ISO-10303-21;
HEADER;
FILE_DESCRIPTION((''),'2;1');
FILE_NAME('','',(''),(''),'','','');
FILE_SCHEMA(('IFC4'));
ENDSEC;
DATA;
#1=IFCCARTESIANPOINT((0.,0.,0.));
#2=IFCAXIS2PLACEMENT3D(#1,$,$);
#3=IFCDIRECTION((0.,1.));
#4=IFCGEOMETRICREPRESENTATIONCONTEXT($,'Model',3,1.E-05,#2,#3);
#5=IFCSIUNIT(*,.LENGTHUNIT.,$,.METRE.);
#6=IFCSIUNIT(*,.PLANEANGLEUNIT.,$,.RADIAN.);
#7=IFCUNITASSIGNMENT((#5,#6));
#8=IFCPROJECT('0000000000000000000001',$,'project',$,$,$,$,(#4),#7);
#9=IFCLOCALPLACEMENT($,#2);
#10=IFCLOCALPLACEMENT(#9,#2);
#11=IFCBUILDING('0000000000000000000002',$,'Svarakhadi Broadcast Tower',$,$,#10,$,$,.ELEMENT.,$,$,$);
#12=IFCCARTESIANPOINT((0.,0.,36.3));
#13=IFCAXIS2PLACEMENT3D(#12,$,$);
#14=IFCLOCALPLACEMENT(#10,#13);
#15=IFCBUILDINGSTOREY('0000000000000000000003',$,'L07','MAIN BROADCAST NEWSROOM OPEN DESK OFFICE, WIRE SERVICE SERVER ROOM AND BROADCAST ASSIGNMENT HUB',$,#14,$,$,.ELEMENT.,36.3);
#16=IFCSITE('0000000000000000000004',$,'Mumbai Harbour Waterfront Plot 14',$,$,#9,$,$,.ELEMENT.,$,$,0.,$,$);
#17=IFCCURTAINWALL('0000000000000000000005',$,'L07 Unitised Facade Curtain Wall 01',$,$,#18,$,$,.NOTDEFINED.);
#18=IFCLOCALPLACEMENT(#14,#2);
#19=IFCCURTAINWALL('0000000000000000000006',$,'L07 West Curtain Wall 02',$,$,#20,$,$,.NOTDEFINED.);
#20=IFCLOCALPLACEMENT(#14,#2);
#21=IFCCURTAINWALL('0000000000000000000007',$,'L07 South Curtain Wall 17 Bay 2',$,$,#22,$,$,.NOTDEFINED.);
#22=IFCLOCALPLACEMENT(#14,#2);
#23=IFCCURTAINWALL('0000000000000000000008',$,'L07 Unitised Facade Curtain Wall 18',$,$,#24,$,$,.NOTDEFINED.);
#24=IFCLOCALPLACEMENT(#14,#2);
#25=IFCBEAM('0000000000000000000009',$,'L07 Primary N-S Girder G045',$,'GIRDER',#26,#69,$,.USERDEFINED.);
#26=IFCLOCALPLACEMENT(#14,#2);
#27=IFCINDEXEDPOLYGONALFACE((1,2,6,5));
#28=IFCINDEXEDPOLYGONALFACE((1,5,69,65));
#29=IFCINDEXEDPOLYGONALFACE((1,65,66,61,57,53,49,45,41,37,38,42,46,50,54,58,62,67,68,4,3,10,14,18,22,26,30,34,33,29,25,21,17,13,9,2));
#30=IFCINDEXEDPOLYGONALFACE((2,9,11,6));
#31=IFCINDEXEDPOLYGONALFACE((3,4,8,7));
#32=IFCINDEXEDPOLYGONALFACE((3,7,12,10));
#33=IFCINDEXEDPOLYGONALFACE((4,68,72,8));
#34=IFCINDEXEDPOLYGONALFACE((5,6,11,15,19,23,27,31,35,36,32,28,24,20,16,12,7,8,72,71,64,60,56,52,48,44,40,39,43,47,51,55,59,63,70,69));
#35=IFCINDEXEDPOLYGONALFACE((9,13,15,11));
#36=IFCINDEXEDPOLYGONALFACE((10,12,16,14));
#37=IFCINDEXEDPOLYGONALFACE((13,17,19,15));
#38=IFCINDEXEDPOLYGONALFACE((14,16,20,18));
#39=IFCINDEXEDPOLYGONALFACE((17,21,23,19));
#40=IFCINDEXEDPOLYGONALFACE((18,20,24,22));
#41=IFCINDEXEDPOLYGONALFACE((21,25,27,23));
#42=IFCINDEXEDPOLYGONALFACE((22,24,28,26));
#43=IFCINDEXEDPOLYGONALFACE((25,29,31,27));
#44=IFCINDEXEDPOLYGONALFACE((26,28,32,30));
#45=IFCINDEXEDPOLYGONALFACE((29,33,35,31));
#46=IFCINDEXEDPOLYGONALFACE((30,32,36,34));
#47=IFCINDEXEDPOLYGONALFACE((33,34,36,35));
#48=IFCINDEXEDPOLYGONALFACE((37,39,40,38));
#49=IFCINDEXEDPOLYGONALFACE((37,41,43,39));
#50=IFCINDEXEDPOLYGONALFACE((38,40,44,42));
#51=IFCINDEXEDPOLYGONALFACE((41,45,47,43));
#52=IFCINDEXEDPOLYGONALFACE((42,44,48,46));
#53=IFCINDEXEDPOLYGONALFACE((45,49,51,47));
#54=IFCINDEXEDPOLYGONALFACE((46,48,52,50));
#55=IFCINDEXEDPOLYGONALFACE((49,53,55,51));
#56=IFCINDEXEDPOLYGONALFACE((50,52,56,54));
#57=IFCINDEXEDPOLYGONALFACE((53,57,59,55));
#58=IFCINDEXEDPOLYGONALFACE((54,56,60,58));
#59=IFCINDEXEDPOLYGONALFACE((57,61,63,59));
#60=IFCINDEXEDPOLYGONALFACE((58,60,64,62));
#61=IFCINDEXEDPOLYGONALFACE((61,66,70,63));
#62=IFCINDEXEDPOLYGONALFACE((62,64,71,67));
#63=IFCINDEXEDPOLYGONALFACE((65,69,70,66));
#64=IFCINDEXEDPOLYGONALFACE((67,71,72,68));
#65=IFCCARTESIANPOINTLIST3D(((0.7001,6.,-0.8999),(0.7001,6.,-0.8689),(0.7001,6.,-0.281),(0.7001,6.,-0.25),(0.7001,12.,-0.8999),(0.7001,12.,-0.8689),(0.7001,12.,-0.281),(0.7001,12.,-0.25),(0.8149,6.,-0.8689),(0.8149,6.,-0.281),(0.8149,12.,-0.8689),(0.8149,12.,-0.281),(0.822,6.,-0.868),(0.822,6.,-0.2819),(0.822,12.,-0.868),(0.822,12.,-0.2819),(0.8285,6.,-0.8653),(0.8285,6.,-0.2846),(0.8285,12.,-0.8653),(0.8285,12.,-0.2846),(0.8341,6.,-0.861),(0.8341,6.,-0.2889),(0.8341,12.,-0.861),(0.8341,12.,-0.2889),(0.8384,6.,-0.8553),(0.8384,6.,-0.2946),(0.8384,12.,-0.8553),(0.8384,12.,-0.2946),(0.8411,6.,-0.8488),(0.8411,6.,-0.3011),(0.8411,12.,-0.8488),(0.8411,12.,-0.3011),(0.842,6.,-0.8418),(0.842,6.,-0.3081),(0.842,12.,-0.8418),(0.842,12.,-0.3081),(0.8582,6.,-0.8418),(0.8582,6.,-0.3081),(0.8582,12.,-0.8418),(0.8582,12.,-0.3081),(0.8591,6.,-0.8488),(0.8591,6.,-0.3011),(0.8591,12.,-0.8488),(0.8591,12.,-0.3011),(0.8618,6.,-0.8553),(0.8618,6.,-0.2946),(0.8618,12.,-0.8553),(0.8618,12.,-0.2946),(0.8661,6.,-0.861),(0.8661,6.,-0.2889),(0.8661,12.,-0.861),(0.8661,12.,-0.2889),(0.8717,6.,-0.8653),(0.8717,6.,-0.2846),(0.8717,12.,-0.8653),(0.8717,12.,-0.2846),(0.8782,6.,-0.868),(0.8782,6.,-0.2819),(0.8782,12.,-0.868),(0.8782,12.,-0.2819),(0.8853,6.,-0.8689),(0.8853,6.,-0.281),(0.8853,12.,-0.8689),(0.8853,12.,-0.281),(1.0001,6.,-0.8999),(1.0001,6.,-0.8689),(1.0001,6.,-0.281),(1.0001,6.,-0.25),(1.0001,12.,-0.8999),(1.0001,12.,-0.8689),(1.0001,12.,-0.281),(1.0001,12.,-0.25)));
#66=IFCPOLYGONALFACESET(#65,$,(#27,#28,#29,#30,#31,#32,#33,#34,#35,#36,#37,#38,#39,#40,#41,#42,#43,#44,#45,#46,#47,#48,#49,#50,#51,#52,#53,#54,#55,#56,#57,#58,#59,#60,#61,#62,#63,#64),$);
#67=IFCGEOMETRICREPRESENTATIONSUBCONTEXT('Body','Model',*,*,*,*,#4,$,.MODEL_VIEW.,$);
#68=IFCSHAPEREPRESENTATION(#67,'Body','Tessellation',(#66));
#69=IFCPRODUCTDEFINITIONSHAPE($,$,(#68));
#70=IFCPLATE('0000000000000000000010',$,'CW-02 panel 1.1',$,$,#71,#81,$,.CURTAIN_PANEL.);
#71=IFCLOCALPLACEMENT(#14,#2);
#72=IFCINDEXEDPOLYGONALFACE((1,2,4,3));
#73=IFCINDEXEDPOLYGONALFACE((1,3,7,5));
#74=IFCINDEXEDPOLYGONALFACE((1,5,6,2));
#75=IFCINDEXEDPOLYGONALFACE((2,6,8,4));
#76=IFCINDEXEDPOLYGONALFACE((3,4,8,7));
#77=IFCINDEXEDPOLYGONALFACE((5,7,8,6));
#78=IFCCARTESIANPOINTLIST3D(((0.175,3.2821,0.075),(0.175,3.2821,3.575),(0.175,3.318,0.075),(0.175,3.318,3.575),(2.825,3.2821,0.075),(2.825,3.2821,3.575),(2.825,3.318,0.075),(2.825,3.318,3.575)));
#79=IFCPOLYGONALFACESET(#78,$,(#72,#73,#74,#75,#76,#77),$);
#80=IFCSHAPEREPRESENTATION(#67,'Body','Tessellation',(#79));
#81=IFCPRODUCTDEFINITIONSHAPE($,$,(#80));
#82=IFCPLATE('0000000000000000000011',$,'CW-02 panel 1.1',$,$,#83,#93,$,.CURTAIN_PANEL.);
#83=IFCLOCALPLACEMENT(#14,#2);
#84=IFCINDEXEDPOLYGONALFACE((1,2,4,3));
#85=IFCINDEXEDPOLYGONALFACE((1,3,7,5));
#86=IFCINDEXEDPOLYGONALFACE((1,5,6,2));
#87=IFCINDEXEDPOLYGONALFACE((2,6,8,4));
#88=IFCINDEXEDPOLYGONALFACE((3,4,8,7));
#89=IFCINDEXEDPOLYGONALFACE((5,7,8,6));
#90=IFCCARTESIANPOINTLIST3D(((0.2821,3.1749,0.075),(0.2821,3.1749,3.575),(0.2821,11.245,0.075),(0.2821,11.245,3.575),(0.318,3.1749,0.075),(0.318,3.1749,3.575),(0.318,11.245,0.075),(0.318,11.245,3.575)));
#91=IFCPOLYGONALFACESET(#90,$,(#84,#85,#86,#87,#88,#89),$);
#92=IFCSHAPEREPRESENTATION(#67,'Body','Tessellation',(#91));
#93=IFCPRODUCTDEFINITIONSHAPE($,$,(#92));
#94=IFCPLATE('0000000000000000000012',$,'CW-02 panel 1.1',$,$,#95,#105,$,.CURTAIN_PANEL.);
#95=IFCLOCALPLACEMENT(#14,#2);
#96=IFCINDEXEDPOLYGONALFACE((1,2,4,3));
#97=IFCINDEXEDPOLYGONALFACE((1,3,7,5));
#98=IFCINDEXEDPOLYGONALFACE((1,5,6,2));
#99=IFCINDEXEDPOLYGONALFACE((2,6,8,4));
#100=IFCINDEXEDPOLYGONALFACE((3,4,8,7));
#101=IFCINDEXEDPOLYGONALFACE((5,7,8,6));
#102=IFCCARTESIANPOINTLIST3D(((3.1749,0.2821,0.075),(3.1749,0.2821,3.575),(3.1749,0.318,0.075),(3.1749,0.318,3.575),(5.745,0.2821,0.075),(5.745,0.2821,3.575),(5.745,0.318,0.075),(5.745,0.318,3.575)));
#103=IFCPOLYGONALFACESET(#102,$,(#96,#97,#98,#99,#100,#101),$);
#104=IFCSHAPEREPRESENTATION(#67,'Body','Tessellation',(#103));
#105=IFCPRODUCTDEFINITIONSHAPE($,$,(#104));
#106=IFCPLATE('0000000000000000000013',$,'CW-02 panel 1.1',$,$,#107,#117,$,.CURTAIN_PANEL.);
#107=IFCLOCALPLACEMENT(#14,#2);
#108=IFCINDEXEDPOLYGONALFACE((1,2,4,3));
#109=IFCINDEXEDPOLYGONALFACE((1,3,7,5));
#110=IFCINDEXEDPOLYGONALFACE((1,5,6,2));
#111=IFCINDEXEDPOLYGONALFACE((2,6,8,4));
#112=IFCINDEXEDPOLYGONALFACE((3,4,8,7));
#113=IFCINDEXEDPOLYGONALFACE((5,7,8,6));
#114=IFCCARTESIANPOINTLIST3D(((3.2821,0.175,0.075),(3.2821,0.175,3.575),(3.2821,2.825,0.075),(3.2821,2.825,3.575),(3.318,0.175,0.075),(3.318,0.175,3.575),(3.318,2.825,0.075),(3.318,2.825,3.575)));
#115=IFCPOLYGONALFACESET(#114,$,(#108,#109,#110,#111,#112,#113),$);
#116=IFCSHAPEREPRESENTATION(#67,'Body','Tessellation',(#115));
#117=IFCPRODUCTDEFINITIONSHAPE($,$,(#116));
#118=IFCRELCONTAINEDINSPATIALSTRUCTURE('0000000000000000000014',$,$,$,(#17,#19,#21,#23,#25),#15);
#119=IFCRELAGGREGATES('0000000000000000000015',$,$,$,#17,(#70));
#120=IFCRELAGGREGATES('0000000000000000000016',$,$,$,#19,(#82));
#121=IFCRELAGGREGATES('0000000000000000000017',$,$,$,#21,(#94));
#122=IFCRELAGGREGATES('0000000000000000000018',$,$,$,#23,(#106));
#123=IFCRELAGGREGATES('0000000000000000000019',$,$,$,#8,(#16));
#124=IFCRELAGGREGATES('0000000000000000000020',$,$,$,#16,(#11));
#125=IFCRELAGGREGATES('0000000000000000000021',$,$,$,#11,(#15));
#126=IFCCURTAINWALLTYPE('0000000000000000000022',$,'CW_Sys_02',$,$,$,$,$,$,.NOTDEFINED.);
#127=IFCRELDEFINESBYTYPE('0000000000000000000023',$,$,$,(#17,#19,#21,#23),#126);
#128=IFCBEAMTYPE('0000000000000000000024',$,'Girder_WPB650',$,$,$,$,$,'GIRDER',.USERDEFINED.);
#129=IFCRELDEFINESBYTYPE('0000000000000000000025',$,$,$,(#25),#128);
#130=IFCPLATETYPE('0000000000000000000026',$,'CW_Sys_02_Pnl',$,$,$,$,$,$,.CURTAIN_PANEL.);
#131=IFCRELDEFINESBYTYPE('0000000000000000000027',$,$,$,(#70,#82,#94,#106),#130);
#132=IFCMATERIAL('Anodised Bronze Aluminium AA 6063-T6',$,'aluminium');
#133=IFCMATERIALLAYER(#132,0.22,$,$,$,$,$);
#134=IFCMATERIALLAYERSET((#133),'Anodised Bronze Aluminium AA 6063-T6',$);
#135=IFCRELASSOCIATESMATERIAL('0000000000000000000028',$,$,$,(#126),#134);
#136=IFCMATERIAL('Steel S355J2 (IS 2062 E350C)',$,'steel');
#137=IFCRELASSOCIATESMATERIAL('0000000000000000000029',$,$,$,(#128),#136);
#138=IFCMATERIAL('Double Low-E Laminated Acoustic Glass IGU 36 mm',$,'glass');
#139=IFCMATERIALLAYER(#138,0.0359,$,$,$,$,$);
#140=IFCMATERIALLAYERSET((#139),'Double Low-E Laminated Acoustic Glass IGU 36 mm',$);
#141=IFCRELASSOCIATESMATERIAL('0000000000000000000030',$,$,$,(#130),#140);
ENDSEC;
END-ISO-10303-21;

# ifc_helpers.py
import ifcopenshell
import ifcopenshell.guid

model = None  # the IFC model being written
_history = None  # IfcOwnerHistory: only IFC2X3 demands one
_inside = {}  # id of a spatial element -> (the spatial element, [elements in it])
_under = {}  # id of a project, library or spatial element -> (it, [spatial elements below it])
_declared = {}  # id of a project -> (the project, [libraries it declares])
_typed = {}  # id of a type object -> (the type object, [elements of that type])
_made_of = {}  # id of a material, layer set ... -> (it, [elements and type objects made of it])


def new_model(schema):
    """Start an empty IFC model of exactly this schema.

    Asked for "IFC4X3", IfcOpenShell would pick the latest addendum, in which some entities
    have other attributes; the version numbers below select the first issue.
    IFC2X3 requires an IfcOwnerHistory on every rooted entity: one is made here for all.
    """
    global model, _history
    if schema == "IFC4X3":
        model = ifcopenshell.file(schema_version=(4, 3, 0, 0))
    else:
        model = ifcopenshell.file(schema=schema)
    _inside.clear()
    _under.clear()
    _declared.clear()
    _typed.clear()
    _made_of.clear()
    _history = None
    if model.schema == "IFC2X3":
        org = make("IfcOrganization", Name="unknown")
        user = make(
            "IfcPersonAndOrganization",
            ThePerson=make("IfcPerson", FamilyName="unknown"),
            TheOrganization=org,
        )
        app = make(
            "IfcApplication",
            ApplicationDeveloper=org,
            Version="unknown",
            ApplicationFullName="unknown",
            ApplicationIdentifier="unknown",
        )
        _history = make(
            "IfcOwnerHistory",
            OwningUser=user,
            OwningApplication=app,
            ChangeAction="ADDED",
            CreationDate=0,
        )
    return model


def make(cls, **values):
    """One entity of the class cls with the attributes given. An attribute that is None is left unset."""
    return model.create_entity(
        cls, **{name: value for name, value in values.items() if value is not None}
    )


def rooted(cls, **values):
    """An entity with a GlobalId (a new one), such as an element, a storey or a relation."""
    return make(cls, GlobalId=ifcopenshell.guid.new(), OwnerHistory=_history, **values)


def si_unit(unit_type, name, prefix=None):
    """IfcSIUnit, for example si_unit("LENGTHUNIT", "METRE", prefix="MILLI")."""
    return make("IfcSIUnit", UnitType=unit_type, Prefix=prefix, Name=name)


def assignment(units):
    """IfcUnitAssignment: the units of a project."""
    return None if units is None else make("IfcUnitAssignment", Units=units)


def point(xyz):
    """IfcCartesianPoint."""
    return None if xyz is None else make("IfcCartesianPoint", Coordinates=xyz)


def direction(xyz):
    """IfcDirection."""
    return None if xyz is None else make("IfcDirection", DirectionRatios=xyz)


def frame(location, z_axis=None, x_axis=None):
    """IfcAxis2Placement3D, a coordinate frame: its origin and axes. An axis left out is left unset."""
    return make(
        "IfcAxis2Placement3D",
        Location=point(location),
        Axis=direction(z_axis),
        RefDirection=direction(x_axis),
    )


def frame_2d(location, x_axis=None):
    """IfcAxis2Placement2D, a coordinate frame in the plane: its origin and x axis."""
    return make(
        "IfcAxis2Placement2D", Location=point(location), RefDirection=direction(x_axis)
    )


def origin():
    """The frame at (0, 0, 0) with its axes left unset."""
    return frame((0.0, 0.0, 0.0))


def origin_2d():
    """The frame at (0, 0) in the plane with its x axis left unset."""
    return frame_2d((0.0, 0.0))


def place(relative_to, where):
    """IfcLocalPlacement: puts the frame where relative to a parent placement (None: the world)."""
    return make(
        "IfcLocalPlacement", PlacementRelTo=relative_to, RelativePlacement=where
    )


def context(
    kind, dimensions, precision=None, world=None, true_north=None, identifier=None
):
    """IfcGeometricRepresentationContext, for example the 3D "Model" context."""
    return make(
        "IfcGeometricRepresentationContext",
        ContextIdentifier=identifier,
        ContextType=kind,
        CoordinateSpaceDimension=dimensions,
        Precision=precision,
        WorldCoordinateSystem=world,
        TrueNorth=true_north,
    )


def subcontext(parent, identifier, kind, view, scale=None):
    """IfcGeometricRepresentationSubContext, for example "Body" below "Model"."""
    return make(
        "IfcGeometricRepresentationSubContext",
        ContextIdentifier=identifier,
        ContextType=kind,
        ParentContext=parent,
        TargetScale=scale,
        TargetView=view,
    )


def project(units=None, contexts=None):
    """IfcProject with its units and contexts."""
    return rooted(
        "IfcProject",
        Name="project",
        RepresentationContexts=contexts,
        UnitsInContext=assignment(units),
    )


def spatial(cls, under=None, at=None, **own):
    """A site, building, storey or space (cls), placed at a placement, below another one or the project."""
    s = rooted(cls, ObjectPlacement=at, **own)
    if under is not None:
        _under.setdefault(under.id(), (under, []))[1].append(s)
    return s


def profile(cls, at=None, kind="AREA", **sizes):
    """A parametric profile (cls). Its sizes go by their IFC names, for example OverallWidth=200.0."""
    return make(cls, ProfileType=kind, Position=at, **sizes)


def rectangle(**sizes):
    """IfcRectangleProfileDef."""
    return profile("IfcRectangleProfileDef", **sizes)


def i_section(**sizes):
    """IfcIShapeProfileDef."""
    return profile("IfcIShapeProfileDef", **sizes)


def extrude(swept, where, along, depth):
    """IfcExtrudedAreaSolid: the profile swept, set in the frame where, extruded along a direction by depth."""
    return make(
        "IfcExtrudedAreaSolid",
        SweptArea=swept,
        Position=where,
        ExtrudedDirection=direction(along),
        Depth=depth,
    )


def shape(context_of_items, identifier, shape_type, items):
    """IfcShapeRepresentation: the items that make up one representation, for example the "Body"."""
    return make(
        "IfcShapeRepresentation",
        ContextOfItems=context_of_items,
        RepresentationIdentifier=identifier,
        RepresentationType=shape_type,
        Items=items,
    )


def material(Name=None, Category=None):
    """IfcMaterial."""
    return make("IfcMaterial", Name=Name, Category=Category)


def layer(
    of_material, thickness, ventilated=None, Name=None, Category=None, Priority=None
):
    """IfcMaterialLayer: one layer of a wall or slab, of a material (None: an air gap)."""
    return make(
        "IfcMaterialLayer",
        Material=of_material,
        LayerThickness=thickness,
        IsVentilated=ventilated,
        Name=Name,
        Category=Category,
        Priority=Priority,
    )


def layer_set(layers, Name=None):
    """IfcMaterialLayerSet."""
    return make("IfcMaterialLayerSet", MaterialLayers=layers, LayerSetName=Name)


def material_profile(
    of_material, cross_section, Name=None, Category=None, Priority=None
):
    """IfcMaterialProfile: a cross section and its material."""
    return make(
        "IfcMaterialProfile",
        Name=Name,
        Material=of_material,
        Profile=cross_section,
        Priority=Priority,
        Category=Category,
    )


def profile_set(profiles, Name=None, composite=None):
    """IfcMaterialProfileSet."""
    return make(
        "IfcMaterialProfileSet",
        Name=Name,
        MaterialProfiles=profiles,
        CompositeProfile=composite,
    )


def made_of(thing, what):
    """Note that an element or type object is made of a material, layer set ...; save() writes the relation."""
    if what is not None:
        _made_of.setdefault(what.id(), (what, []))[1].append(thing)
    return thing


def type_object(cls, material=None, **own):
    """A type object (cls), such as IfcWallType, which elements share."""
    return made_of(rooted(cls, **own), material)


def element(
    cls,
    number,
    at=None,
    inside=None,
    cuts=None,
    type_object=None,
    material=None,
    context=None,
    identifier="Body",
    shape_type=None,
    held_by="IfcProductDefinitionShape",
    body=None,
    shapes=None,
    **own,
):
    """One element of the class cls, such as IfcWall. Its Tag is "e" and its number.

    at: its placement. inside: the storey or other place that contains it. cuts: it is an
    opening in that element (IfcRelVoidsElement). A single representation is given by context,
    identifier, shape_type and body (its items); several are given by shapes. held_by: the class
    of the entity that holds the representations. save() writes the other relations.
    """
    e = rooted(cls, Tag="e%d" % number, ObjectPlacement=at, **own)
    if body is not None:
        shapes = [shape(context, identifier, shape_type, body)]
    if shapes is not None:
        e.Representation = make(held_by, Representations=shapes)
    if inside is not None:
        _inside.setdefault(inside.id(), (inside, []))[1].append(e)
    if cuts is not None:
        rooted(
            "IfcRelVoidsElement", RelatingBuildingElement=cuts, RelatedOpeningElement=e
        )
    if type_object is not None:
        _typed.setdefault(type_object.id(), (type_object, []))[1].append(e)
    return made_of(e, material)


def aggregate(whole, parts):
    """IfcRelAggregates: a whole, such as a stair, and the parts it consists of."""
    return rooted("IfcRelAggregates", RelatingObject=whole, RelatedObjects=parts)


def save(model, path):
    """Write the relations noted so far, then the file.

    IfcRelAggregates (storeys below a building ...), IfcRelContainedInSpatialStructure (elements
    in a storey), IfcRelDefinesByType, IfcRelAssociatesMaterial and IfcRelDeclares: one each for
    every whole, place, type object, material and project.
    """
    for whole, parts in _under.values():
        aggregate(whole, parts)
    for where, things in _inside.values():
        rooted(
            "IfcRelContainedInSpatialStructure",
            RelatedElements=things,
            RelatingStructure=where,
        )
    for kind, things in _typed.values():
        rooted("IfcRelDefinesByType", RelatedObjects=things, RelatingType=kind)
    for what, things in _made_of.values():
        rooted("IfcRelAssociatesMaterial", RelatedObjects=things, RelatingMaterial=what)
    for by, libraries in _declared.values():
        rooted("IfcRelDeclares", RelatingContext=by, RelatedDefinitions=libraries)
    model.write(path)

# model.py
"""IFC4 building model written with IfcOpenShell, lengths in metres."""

from ifc_helpers import new_model, si_unit, direction, frame, origin, origin_2d, place, context, subcontext, project, spatial, rectangle, i_section, extrude, material, layer, layer_set, material_profile, profile_set, type_object, element, aggregate, save


model = new_model("IFC4")

# Units and contexts
model_context = context("Model", 3, precision=1e-05, world=origin(), true_north=direction((0.0, 1.0)))
body_context = subcontext(model_context, "Body", "Model", "MODEL_VIEW")
ifc_project = project(units=[si_unit("LENGTHUNIT", "METRE"), si_unit("PLANEANGLEUNIT", "RADIAN")], contexts=[model_context])

# Site, building, storey
site_placement = place(None, origin())
site = spatial("IfcSite", under=ifc_project, at=site_placement, Name="Mumbai Harbour Waterfront Plot 14", CompositionType="ELEMENT", RefElevation=0.0)
building_placement = place(site_placement, origin())
building = spatial("IfcBuilding", under=site, at=building_placement, Name="Svarakhadi Broadcast Tower", CompositionType="ELEMENT")
storey_placement = place(building_placement, frame((0.0, 0.0, 36.3)))
storey = spatial("IfcBuildingStorey", under=building, at=storey_placement, Name="L07", Description="MAIN BROADCAST NEWSROOM OPEN DESK OFFICE, WIRE SERVICE SERVER ROOM AND BROADCAST ASSIGNMENT HUB", CompositionType="ELEMENT", Elevation=36.3)

# Curtain wall
ifc_material_1 = material(Name="Anodised Bronze Aluminium AA 6063-T6", Category="aluminium")
ifc_layer_1 = layer(ifc_material_1, 0.22)
ifc_layer_set_1 = layer_set([ifc_layer_1], Name="Anodised Bronze Aluminium AA 6063-T6")
curtain_wall_type = type_object("IfcCurtainWallType", Name="CW_Sys_02", PredefinedType="NOTDEFINED", material=ifc_layer_set_1)
curtain_wall_1_placement = place(storey_placement, origin())
curtain_wall_1 = element("IfcCurtainWall", 1, at=curtain_wall_1_placement, inside=storey, type_object=curtain_wall_type, Name="L07 Unitised Facade Curtain Wall 01", PredefinedType="NOTDEFINED")

# Curtain wall
curtain_wall_2_placement = place(storey_placement, origin())
curtain_wall_2 = element("IfcCurtainWall", 2, at=curtain_wall_2_placement, inside=storey, type_object=curtain_wall_type, Name="L07 West Curtain Wall 02", PredefinedType="NOTDEFINED")

# Curtain walls
curtain_wall_3_placement = place(storey_placement, origin())
curtain_wall_3 = element("IfcCurtainWall", 3, at=curtain_wall_3_placement, inside=storey, type_object=curtain_wall_type, Name="L07 South Curtain Wall 17 Bay 2", PredefinedType="NOTDEFINED")
curtain_wall_4_placement = place(storey_placement, origin())
curtain_wall_4 = element("IfcCurtainWall", 4, at=curtain_wall_4_placement, inside=storey, type_object=curtain_wall_type, Name="L07 Unitised Facade Curtain Wall 18", PredefinedType="NOTDEFINED")

# Beam
ifc_material_2 = material(Name="Steel S355J2 (IS 2062 E350C)", Category="steel")
ifc_material_profile_1 = material_profile(ifc_material_2, i_section(OverallWidth=0.3, OverallDepth=0.6499, WebThickness=0.0161, FlangeThickness=0.031, FilletRadius=0.0271, at=origin_2d()), Name="WPB 650x300x225")
ifc_profile_set_1 = profile_set([ifc_material_profile_1], Name="Steel S355J2 (IS 2062 E350C)")
beam_type = type_object("IfcBeamType", Name="Girder_WPB650", ElementType="GIRDER", PredefinedType="USERDEFINED", material=ifc_profile_set_1)
beam_1_placement = place(storey_placement, frame((0.8501, 6.0, -0.575), z_axis=(0.0, 1.0, 0.0), x_axis=(-1.0, 0.0, 0.0)))
element("IfcBeam", 5, at=beam_1_placement, inside=storey, type_object=beam_type, Name="L07 Primary N-S Girder G045", ObjectType="GIRDER", PredefinedType="USERDEFINED", context=body_context, shape_type="SweptSolid", body=[
    extrude(i_section(OverallWidth=0.3, OverallDepth=0.6499, WebThickness=0.0161, FlangeThickness=0.031, FilletRadius=0.0271, at=origin_2d()), origin(), (0.0, 0.0, 1.0), 6.0),
])

# Plates
ifc_material_3 = material(Name="Double Low-E Laminated Acoustic Glass IGU 36 mm", Category="glass")
ifc_layer_2 = layer(ifc_material_3, 0.0359)
ifc_layer_set_2 = layer_set([ifc_layer_2], Name="Double Low-E Laminated Acoustic Glass IGU 36 mm")
plate_type = type_object("IfcPlateType", Name="CW_Sys_02_Pnl", PredefinedType="CURTAIN_PANEL", material=ifc_layer_set_2)
plate_1_placement = place(storey_placement, frame((1.5, 3.3, 0.075), z_axis=(0.0, 0.0, 1.0), x_axis=(-1.0, 0.0, 0.0)))
plate_1 = element("IfcPlate", 6, at=plate_1_placement, type_object=plate_type, Name="CW-02 panel 1.1", PredefinedType="CURTAIN_PANEL", context=body_context, shape_type="SweptSolid", body=[
    extrude(rectangle(XDim=2.6499, YDim=0.0359, at=origin_2d()), origin(), (0.0, 0.0, 1.0), 3.5),
])
aggregate(curtain_wall_1, [plate_1])
plate_2_placement = place(storey_placement, frame((0.3, 7.21, 0.075), z_axis=(0.0, 0.0, 1.0), x_axis=(0.0, 1.0, 0.0)))
plate_2 = element("IfcPlate", 7, at=plate_2_placement, type_object=plate_type, Name="CW-02 panel 1.1", PredefinedType="CURTAIN_PANEL", context=body_context, shape_type="SweptSolid", body=[
    extrude(rectangle(XDim=8.0701, YDim=0.0359, at=origin_2d()), origin(), (0.0, 0.0, 1.0), 3.5),
])
aggregate(curtain_wall_2, [plate_2])
plate_3_placement = place(storey_placement, frame((4.46, 0.3, 0.075), z_axis=(0.0, 0.0, 1.0), x_axis=(-1.0, 0.0, 0.0)))
plate_3 = element("IfcPlate", 8, at=plate_3_placement, type_object=plate_type, Name="CW-02 panel 1.1", PredefinedType="CURTAIN_PANEL", context=body_context, shape_type="SweptSolid", body=[
    extrude(rectangle(XDim=2.5701, YDim=0.0359, at=origin_2d()), origin(), (0.0, 0.0, 1.0), 3.5),
])
aggregate(curtain_wall_3, [plate_3])
plate_4_placement = place(storey_placement, frame((3.3, 1.5, 0.075), z_axis=(0.0, 0.0, 1.0), x_axis=(0.0, 1.0, 0.0)))
plate_4 = element("IfcPlate", 9, at=plate_4_placement, type_object=plate_type, Name="CW-02 panel 1.1", PredefinedType="CURTAIN_PANEL", context=body_context, shape_type="SweptSolid", body=[
    extrude(rectangle(XDim=2.6499, YDim=0.0359, at=origin_2d()), origin(), (0.0, 0.0, 1.0), 3.5),
])
aggregate(curtain_wall_4, [plate_4])

save(model, "model.ifc")
